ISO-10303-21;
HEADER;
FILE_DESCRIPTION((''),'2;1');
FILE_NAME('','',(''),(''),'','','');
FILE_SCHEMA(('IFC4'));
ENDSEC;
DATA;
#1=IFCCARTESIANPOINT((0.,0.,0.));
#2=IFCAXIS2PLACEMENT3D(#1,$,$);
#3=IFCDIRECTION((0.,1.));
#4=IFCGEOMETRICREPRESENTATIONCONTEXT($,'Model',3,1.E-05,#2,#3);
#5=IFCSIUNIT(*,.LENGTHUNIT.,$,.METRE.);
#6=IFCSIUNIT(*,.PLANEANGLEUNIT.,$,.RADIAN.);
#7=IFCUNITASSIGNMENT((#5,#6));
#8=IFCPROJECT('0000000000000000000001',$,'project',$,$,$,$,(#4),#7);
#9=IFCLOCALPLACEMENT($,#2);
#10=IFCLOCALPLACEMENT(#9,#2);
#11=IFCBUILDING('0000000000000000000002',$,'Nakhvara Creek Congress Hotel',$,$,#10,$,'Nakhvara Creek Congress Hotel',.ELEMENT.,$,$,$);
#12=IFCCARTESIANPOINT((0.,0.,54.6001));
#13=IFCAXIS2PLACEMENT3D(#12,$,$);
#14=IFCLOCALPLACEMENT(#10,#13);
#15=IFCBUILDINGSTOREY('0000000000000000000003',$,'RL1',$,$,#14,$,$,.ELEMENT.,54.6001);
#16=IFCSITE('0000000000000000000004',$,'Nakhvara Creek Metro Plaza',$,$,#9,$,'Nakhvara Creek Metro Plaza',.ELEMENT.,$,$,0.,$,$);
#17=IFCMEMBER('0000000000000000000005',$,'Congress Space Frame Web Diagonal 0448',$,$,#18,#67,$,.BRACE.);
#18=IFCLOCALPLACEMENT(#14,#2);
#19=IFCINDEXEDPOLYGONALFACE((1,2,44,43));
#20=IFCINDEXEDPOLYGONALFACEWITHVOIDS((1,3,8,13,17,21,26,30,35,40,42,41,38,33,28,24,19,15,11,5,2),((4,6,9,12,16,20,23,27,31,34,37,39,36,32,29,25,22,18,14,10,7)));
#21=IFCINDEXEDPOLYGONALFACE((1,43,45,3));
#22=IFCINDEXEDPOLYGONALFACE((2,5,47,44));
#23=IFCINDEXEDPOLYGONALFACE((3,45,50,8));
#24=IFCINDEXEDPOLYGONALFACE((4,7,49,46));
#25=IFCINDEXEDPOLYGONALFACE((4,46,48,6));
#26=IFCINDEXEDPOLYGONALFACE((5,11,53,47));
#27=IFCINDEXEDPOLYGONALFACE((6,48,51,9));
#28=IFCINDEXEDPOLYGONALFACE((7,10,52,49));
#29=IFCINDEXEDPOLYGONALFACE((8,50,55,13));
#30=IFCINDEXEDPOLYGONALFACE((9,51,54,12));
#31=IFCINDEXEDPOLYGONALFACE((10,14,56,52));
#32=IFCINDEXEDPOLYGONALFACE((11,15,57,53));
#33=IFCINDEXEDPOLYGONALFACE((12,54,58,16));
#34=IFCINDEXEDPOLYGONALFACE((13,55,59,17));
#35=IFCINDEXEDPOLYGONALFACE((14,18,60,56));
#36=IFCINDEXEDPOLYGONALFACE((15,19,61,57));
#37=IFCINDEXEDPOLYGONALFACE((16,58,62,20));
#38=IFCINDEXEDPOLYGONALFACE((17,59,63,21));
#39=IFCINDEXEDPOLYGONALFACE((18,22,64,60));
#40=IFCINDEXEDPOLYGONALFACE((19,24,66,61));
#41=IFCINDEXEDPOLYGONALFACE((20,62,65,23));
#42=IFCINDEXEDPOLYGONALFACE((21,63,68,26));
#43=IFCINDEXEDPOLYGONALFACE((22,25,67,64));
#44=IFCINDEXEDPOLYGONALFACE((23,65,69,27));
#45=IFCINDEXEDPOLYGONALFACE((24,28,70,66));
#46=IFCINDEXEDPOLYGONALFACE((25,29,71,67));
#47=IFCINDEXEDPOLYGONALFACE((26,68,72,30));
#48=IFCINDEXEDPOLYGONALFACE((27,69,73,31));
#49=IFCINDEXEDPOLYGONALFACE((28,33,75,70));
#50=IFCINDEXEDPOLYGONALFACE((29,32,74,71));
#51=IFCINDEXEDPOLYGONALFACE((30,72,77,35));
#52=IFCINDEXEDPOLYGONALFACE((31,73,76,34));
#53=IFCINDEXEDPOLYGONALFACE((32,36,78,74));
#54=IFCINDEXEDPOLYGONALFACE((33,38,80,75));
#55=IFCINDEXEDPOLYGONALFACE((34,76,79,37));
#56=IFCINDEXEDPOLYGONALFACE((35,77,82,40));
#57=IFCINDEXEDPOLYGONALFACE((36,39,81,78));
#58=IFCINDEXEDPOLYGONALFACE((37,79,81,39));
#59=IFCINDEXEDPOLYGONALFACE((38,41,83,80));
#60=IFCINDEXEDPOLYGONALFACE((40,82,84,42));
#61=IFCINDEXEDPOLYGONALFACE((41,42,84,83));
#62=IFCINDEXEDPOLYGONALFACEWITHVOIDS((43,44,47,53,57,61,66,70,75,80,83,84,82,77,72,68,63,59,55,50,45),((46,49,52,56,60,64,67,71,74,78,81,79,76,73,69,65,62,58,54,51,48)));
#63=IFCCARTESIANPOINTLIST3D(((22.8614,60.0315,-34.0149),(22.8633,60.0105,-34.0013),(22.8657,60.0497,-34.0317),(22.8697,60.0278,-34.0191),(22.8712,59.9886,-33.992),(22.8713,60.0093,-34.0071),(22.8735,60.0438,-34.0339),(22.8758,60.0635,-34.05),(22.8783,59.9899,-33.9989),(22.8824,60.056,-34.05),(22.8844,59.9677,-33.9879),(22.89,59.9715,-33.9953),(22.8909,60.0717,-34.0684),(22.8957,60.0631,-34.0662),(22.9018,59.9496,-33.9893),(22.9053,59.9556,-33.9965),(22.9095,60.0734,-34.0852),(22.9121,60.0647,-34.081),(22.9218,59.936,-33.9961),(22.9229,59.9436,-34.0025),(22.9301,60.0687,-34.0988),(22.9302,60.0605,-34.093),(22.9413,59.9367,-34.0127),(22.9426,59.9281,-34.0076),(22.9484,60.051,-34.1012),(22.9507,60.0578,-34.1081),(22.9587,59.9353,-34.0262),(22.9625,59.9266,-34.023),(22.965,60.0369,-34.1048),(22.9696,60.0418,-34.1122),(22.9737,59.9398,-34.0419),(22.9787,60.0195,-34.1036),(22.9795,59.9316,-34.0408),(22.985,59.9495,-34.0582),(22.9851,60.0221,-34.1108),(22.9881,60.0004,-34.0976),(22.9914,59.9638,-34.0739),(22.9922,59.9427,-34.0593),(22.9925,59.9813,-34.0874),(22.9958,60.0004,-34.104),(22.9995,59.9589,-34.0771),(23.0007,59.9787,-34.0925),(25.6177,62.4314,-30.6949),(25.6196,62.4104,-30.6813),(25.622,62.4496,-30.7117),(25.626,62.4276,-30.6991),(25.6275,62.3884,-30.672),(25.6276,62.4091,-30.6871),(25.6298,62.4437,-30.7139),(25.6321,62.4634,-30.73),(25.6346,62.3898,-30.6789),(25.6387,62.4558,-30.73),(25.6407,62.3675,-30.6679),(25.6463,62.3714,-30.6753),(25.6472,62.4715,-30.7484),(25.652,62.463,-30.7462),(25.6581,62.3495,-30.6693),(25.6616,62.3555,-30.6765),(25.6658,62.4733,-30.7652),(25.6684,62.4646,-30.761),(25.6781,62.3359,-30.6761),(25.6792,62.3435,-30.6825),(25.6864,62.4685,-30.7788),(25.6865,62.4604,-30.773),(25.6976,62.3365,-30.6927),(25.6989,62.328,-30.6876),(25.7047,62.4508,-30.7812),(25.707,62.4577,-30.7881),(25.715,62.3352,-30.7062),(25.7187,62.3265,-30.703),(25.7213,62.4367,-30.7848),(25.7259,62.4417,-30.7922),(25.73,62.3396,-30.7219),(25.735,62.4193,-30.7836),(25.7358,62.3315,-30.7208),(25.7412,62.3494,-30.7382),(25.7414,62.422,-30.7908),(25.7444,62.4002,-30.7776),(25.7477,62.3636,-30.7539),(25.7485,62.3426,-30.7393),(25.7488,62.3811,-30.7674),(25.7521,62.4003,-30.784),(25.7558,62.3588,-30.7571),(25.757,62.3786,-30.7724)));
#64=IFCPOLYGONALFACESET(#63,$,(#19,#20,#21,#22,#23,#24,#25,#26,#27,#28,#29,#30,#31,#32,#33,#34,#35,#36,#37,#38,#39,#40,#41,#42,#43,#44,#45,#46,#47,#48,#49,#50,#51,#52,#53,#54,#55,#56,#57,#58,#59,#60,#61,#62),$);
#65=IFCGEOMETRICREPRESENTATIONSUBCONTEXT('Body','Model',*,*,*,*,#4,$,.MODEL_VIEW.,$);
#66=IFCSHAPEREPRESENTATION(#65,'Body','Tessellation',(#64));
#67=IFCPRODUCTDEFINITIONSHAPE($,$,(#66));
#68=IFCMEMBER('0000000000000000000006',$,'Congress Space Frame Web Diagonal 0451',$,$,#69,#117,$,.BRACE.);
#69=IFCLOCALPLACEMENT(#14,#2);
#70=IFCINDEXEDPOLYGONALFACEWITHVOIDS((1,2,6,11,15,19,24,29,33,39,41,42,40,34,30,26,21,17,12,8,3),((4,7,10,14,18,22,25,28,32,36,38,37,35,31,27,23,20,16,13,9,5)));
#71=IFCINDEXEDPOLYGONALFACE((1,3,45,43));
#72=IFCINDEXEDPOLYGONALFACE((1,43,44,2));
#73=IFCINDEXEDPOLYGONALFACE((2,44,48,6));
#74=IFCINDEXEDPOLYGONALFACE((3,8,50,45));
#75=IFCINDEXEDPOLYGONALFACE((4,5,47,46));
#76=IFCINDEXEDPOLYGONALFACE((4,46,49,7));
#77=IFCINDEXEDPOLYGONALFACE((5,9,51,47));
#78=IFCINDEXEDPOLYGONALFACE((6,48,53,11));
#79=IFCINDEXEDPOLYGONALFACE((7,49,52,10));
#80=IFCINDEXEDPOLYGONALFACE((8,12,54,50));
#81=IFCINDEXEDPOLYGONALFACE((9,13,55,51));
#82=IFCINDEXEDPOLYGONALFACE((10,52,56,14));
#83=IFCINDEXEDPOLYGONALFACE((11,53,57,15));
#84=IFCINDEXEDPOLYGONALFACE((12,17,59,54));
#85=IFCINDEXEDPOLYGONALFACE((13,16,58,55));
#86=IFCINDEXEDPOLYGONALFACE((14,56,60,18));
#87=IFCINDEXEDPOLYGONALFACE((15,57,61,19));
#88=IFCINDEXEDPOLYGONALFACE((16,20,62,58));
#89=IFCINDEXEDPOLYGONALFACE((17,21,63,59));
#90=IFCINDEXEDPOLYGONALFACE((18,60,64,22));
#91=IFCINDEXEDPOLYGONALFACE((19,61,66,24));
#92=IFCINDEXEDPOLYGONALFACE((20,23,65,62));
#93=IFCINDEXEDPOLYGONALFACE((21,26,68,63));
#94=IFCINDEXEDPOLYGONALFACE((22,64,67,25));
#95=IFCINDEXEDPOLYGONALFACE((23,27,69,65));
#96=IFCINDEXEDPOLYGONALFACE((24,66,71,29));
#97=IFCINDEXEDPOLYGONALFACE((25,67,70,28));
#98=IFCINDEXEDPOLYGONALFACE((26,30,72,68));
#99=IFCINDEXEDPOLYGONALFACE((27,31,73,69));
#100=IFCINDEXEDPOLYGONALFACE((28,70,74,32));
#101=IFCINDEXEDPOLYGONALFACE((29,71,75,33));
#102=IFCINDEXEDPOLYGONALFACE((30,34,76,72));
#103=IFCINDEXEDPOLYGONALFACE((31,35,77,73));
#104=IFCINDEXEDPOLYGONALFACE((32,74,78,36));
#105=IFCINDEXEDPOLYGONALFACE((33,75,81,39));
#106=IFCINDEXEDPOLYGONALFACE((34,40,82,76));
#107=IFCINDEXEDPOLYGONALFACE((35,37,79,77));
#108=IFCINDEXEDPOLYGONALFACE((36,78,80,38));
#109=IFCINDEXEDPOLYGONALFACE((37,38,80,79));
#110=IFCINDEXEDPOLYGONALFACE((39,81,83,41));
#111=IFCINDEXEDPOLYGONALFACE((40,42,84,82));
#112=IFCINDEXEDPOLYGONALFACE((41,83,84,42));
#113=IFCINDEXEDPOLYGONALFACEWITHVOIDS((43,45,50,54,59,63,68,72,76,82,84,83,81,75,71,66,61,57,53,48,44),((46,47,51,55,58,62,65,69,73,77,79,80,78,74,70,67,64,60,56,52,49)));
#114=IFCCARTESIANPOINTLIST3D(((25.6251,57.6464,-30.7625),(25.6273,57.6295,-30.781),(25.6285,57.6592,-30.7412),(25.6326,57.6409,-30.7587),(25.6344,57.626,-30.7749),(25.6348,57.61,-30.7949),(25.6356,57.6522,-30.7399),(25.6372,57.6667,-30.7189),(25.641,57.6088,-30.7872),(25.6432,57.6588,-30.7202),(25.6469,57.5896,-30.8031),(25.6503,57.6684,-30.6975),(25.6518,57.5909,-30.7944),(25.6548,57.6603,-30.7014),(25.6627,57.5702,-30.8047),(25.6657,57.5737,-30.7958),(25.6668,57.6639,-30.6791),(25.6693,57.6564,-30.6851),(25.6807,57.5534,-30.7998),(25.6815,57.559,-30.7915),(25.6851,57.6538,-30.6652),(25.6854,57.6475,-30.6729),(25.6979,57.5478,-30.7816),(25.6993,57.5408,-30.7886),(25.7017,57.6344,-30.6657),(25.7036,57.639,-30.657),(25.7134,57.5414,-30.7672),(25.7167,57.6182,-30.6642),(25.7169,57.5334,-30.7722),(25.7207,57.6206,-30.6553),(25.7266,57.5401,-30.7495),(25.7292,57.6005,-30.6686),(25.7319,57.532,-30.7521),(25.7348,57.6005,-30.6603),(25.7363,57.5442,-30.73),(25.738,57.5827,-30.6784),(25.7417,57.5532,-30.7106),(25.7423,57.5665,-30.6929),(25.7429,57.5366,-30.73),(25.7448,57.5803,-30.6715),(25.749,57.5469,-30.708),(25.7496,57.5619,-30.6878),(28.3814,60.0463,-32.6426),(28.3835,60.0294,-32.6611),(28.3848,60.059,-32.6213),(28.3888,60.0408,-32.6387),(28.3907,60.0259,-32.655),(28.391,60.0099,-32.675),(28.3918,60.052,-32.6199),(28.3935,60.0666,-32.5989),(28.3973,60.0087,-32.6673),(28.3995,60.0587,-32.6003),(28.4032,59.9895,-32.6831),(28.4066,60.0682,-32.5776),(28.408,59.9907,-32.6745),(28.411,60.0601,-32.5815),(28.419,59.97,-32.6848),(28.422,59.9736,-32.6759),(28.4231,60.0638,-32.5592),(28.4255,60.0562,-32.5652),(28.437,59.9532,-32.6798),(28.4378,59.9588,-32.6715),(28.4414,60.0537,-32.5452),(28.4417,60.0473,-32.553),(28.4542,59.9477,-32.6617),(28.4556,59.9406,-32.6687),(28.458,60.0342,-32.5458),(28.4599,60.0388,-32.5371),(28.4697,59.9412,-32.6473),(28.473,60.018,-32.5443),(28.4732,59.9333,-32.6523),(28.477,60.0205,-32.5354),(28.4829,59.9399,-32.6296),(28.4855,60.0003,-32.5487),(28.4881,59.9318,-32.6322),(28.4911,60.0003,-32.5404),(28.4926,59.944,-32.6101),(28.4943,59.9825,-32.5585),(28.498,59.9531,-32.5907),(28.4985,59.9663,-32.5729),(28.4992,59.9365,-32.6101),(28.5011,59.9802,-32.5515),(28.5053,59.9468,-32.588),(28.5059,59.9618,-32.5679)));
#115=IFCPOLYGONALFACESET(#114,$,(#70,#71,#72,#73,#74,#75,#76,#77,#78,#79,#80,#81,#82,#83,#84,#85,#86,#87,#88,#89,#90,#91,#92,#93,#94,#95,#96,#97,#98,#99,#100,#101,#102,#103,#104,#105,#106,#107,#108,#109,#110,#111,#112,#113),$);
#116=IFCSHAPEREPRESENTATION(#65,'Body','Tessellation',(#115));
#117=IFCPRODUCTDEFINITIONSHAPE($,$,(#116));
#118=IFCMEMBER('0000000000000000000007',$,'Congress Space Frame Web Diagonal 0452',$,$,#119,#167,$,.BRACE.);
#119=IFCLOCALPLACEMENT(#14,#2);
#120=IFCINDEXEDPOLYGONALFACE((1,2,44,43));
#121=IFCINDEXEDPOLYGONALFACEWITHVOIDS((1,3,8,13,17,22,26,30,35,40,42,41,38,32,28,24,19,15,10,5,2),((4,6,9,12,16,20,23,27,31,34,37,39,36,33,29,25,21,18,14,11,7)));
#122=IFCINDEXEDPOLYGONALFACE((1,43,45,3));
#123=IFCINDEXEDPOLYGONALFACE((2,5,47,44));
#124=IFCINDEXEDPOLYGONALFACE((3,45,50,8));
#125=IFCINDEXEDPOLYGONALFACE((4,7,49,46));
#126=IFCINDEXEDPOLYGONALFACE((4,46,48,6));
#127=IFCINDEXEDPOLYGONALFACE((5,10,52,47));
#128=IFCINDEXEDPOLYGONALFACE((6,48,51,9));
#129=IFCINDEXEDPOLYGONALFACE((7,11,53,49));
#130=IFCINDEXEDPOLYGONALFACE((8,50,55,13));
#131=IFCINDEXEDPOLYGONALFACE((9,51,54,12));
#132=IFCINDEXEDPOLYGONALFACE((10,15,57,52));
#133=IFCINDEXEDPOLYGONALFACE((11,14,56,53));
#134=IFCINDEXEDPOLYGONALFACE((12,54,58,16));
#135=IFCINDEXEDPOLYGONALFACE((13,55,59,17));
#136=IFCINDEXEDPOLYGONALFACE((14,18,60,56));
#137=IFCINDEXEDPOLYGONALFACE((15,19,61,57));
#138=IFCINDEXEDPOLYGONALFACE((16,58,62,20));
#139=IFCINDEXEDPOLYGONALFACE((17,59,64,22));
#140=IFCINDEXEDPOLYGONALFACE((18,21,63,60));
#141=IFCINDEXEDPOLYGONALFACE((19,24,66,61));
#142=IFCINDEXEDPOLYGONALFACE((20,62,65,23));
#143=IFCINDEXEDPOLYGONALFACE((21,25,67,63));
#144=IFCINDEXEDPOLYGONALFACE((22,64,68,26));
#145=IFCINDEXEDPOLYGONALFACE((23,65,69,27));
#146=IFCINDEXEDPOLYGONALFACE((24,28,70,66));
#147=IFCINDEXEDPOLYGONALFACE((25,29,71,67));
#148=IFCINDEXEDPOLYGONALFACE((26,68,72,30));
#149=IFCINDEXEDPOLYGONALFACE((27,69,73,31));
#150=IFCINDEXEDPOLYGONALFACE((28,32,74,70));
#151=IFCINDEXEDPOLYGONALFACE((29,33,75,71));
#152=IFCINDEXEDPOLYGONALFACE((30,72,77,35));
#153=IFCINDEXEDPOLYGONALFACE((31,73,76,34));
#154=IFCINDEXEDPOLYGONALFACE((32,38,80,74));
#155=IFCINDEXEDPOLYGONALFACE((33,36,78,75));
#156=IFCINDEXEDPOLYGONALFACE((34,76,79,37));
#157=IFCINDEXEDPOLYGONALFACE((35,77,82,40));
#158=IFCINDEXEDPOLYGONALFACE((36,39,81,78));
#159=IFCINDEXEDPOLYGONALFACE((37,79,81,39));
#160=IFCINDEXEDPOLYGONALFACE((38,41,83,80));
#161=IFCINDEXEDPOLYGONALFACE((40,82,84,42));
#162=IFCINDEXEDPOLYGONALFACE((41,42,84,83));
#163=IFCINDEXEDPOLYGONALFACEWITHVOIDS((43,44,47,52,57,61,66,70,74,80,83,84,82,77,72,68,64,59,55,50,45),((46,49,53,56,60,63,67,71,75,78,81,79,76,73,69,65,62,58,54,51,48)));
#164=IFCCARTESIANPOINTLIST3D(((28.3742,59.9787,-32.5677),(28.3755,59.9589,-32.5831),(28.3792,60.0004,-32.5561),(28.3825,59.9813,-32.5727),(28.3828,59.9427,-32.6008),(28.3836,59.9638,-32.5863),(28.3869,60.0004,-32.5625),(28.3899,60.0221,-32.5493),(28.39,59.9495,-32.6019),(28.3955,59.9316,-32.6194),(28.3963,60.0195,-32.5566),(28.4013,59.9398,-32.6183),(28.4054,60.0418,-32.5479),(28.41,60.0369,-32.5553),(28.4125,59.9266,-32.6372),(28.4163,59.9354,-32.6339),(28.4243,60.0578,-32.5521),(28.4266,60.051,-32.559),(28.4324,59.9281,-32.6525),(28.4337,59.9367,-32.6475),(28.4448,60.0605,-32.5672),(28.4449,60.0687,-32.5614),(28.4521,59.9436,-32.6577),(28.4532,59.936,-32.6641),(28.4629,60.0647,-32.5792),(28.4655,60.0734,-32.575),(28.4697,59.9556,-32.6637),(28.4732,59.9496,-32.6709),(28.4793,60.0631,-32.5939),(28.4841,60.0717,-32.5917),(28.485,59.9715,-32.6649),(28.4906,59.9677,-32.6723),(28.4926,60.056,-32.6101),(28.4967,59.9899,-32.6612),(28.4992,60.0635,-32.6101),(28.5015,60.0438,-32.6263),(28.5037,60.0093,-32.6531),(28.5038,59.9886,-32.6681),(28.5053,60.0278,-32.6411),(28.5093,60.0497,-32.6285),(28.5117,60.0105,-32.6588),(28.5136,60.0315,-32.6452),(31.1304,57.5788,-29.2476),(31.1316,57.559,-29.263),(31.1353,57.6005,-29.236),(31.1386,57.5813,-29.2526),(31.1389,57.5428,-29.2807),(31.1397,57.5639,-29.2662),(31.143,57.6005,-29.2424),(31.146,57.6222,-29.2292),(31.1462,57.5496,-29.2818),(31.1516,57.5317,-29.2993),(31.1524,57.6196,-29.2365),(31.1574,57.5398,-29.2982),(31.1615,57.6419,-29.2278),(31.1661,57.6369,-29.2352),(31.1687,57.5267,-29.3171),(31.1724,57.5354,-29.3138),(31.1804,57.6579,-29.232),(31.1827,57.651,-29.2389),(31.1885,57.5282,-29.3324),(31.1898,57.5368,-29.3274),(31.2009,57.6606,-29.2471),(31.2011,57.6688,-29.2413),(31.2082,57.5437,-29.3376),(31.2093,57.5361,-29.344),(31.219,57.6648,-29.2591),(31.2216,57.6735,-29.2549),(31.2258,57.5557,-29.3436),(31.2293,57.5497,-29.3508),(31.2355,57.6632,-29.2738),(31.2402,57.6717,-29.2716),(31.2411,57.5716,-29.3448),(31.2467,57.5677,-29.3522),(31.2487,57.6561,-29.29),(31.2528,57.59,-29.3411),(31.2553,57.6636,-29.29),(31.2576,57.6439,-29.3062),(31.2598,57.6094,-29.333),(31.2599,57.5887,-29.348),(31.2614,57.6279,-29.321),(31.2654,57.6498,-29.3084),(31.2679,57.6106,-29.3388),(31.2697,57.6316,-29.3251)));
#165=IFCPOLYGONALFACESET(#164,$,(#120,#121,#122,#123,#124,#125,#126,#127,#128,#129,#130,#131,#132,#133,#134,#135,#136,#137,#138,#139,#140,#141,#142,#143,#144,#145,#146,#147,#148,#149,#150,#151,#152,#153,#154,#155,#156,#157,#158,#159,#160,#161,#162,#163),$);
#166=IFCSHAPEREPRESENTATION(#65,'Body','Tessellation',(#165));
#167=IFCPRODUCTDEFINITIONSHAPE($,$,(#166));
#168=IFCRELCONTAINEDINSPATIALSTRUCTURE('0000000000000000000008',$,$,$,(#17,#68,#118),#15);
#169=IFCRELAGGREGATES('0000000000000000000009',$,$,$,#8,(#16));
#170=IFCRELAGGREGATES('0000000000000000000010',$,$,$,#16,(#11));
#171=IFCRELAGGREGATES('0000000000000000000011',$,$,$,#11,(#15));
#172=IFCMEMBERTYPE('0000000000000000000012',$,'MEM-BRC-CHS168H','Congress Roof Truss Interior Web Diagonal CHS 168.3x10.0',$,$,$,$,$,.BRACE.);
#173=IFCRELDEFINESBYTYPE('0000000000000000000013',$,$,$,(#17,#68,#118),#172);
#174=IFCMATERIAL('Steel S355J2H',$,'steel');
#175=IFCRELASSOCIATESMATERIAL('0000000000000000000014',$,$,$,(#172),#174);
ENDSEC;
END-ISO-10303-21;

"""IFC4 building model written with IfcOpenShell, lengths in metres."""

from ifc_helpers import new_model, si_unit, direction, frame, origin, origin_2d, place, context, subcontext, project, spatial, hollow_circle, extrude, material, material_profile, profile_set, type_object, element, save


model = new_model("IFC4")

# Units and contexts
model_context = context("Model", 3, precision=1e-05, world=origin(), true_north=direction((0.0, 1.0)))
body_context = subcontext(model_context, "Body", "Model", "MODEL_VIEW")
ifc_project = project(units=[si_unit("LENGTHUNIT", "METRE"), si_unit("PLANEANGLEUNIT", "RADIAN")], contexts=[model_context])

# Site, building, storey
site_placement = place(None, origin())
site = spatial("IfcSite", under=ifc_project, at=site_placement, Name="Nakhvara Creek Metro Plaza", LongName="Nakhvara Creek Metro Plaza", CompositionType="ELEMENT", RefElevation=0.0)
building_placement = place(site_placement, origin())
building = spatial("IfcBuilding", under=site, at=building_placement, Name="Nakhvara Creek Congress Hotel", LongName="Nakhvara Creek Congress Hotel", CompositionType="ELEMENT")
storey_placement = place(building_placement, frame((0.0, 0.0, 54.6001)))
storey = spatial("IfcBuildingStorey", under=building, at=storey_placement, Name="RL1", CompositionType="ELEMENT", Elevation=54.6001)

# Members
ifc_material_1 = material(Name="Steel S355J2H", Category="steel")
ifc_material_profile_1 = material_profile(ifc_material_1, hollow_circle(Radius=0.0842, WallThickness=0.01, at=origin_2d()), Name="CHS 168.3x10.0", Category="LoadBearing")
ifc_profile_set_1 = profile_set([ifc_material_profile_1], Name="Steel S355J2H")
member_type_1 = type_object("IfcMemberType", Name="MEM-BRC-CHS168H", Description="Congress Roof Truss Interior Web Diagonal CHS 168.3x10.0", PredefinedType="BRACE", material=ifc_profile_set_1)
member_1_placement = place(storey_placement, frame((22.9312, 60.0, -34.05), z_axis=(0.558237, 0.486047, 0.672406), x_axis=(-0.656658, 0.754188, 0.0)))
element("IfcMember", 1, at=member_1_placement, inside=storey, type_object=member_type_1, Name="Congress Space Frame Web Diagonal 0448", PredefinedType="BRACE", context=body_context, shape_type="SweptSolid", body=[
    extrude(hollow_circle(Radius=0.0842, WallThickness=0.01, at=origin_2d()), origin(), (0.0, 0.0, 1.0), 4.9375),
])
member_2_placement = place(storey_placement, frame((28.4438, 60.0, -32.6101), z_axis=(-0.670649, -0.583922, 0.457455), x_axis=(0.656658, -0.754188, 0.0)))
element("IfcMember", 2, at=member_2_placement, inside=storey, type_object=member_type_1, Name="Congress Space Frame Web Diagonal 0451", PredefinedType="BRACE", context=body_context, shape_type="SweptSolid", body=[
    extrude(hollow_circle(Radius=0.0842, WallThickness=0.01, at=origin_2d()), origin(), (0.0, 0.0, 1.0), 4.1099),
])
member_3_placement = place(storey_placement, frame((28.4438, 60.0, -32.6101), z_axis=(0.558203, -0.48606, 0.672425), x_axis=(0.656691, 0.75416, 0.0)))
element("IfcMember", 3, at=member_3_placement, inside=storey, type_object=member_type_1, Name="Congress Space Frame Web Diagonal 0452", PredefinedType="BRACE", context=body_context, shape_type="SweptSolid", body=[
    extrude(hollow_circle(Radius=0.0842, WallThickness=0.01, at=origin_2d()), origin(), (0.0, 0.0, 1.0), 4.9375),
])

save(model, "model.ifc")
